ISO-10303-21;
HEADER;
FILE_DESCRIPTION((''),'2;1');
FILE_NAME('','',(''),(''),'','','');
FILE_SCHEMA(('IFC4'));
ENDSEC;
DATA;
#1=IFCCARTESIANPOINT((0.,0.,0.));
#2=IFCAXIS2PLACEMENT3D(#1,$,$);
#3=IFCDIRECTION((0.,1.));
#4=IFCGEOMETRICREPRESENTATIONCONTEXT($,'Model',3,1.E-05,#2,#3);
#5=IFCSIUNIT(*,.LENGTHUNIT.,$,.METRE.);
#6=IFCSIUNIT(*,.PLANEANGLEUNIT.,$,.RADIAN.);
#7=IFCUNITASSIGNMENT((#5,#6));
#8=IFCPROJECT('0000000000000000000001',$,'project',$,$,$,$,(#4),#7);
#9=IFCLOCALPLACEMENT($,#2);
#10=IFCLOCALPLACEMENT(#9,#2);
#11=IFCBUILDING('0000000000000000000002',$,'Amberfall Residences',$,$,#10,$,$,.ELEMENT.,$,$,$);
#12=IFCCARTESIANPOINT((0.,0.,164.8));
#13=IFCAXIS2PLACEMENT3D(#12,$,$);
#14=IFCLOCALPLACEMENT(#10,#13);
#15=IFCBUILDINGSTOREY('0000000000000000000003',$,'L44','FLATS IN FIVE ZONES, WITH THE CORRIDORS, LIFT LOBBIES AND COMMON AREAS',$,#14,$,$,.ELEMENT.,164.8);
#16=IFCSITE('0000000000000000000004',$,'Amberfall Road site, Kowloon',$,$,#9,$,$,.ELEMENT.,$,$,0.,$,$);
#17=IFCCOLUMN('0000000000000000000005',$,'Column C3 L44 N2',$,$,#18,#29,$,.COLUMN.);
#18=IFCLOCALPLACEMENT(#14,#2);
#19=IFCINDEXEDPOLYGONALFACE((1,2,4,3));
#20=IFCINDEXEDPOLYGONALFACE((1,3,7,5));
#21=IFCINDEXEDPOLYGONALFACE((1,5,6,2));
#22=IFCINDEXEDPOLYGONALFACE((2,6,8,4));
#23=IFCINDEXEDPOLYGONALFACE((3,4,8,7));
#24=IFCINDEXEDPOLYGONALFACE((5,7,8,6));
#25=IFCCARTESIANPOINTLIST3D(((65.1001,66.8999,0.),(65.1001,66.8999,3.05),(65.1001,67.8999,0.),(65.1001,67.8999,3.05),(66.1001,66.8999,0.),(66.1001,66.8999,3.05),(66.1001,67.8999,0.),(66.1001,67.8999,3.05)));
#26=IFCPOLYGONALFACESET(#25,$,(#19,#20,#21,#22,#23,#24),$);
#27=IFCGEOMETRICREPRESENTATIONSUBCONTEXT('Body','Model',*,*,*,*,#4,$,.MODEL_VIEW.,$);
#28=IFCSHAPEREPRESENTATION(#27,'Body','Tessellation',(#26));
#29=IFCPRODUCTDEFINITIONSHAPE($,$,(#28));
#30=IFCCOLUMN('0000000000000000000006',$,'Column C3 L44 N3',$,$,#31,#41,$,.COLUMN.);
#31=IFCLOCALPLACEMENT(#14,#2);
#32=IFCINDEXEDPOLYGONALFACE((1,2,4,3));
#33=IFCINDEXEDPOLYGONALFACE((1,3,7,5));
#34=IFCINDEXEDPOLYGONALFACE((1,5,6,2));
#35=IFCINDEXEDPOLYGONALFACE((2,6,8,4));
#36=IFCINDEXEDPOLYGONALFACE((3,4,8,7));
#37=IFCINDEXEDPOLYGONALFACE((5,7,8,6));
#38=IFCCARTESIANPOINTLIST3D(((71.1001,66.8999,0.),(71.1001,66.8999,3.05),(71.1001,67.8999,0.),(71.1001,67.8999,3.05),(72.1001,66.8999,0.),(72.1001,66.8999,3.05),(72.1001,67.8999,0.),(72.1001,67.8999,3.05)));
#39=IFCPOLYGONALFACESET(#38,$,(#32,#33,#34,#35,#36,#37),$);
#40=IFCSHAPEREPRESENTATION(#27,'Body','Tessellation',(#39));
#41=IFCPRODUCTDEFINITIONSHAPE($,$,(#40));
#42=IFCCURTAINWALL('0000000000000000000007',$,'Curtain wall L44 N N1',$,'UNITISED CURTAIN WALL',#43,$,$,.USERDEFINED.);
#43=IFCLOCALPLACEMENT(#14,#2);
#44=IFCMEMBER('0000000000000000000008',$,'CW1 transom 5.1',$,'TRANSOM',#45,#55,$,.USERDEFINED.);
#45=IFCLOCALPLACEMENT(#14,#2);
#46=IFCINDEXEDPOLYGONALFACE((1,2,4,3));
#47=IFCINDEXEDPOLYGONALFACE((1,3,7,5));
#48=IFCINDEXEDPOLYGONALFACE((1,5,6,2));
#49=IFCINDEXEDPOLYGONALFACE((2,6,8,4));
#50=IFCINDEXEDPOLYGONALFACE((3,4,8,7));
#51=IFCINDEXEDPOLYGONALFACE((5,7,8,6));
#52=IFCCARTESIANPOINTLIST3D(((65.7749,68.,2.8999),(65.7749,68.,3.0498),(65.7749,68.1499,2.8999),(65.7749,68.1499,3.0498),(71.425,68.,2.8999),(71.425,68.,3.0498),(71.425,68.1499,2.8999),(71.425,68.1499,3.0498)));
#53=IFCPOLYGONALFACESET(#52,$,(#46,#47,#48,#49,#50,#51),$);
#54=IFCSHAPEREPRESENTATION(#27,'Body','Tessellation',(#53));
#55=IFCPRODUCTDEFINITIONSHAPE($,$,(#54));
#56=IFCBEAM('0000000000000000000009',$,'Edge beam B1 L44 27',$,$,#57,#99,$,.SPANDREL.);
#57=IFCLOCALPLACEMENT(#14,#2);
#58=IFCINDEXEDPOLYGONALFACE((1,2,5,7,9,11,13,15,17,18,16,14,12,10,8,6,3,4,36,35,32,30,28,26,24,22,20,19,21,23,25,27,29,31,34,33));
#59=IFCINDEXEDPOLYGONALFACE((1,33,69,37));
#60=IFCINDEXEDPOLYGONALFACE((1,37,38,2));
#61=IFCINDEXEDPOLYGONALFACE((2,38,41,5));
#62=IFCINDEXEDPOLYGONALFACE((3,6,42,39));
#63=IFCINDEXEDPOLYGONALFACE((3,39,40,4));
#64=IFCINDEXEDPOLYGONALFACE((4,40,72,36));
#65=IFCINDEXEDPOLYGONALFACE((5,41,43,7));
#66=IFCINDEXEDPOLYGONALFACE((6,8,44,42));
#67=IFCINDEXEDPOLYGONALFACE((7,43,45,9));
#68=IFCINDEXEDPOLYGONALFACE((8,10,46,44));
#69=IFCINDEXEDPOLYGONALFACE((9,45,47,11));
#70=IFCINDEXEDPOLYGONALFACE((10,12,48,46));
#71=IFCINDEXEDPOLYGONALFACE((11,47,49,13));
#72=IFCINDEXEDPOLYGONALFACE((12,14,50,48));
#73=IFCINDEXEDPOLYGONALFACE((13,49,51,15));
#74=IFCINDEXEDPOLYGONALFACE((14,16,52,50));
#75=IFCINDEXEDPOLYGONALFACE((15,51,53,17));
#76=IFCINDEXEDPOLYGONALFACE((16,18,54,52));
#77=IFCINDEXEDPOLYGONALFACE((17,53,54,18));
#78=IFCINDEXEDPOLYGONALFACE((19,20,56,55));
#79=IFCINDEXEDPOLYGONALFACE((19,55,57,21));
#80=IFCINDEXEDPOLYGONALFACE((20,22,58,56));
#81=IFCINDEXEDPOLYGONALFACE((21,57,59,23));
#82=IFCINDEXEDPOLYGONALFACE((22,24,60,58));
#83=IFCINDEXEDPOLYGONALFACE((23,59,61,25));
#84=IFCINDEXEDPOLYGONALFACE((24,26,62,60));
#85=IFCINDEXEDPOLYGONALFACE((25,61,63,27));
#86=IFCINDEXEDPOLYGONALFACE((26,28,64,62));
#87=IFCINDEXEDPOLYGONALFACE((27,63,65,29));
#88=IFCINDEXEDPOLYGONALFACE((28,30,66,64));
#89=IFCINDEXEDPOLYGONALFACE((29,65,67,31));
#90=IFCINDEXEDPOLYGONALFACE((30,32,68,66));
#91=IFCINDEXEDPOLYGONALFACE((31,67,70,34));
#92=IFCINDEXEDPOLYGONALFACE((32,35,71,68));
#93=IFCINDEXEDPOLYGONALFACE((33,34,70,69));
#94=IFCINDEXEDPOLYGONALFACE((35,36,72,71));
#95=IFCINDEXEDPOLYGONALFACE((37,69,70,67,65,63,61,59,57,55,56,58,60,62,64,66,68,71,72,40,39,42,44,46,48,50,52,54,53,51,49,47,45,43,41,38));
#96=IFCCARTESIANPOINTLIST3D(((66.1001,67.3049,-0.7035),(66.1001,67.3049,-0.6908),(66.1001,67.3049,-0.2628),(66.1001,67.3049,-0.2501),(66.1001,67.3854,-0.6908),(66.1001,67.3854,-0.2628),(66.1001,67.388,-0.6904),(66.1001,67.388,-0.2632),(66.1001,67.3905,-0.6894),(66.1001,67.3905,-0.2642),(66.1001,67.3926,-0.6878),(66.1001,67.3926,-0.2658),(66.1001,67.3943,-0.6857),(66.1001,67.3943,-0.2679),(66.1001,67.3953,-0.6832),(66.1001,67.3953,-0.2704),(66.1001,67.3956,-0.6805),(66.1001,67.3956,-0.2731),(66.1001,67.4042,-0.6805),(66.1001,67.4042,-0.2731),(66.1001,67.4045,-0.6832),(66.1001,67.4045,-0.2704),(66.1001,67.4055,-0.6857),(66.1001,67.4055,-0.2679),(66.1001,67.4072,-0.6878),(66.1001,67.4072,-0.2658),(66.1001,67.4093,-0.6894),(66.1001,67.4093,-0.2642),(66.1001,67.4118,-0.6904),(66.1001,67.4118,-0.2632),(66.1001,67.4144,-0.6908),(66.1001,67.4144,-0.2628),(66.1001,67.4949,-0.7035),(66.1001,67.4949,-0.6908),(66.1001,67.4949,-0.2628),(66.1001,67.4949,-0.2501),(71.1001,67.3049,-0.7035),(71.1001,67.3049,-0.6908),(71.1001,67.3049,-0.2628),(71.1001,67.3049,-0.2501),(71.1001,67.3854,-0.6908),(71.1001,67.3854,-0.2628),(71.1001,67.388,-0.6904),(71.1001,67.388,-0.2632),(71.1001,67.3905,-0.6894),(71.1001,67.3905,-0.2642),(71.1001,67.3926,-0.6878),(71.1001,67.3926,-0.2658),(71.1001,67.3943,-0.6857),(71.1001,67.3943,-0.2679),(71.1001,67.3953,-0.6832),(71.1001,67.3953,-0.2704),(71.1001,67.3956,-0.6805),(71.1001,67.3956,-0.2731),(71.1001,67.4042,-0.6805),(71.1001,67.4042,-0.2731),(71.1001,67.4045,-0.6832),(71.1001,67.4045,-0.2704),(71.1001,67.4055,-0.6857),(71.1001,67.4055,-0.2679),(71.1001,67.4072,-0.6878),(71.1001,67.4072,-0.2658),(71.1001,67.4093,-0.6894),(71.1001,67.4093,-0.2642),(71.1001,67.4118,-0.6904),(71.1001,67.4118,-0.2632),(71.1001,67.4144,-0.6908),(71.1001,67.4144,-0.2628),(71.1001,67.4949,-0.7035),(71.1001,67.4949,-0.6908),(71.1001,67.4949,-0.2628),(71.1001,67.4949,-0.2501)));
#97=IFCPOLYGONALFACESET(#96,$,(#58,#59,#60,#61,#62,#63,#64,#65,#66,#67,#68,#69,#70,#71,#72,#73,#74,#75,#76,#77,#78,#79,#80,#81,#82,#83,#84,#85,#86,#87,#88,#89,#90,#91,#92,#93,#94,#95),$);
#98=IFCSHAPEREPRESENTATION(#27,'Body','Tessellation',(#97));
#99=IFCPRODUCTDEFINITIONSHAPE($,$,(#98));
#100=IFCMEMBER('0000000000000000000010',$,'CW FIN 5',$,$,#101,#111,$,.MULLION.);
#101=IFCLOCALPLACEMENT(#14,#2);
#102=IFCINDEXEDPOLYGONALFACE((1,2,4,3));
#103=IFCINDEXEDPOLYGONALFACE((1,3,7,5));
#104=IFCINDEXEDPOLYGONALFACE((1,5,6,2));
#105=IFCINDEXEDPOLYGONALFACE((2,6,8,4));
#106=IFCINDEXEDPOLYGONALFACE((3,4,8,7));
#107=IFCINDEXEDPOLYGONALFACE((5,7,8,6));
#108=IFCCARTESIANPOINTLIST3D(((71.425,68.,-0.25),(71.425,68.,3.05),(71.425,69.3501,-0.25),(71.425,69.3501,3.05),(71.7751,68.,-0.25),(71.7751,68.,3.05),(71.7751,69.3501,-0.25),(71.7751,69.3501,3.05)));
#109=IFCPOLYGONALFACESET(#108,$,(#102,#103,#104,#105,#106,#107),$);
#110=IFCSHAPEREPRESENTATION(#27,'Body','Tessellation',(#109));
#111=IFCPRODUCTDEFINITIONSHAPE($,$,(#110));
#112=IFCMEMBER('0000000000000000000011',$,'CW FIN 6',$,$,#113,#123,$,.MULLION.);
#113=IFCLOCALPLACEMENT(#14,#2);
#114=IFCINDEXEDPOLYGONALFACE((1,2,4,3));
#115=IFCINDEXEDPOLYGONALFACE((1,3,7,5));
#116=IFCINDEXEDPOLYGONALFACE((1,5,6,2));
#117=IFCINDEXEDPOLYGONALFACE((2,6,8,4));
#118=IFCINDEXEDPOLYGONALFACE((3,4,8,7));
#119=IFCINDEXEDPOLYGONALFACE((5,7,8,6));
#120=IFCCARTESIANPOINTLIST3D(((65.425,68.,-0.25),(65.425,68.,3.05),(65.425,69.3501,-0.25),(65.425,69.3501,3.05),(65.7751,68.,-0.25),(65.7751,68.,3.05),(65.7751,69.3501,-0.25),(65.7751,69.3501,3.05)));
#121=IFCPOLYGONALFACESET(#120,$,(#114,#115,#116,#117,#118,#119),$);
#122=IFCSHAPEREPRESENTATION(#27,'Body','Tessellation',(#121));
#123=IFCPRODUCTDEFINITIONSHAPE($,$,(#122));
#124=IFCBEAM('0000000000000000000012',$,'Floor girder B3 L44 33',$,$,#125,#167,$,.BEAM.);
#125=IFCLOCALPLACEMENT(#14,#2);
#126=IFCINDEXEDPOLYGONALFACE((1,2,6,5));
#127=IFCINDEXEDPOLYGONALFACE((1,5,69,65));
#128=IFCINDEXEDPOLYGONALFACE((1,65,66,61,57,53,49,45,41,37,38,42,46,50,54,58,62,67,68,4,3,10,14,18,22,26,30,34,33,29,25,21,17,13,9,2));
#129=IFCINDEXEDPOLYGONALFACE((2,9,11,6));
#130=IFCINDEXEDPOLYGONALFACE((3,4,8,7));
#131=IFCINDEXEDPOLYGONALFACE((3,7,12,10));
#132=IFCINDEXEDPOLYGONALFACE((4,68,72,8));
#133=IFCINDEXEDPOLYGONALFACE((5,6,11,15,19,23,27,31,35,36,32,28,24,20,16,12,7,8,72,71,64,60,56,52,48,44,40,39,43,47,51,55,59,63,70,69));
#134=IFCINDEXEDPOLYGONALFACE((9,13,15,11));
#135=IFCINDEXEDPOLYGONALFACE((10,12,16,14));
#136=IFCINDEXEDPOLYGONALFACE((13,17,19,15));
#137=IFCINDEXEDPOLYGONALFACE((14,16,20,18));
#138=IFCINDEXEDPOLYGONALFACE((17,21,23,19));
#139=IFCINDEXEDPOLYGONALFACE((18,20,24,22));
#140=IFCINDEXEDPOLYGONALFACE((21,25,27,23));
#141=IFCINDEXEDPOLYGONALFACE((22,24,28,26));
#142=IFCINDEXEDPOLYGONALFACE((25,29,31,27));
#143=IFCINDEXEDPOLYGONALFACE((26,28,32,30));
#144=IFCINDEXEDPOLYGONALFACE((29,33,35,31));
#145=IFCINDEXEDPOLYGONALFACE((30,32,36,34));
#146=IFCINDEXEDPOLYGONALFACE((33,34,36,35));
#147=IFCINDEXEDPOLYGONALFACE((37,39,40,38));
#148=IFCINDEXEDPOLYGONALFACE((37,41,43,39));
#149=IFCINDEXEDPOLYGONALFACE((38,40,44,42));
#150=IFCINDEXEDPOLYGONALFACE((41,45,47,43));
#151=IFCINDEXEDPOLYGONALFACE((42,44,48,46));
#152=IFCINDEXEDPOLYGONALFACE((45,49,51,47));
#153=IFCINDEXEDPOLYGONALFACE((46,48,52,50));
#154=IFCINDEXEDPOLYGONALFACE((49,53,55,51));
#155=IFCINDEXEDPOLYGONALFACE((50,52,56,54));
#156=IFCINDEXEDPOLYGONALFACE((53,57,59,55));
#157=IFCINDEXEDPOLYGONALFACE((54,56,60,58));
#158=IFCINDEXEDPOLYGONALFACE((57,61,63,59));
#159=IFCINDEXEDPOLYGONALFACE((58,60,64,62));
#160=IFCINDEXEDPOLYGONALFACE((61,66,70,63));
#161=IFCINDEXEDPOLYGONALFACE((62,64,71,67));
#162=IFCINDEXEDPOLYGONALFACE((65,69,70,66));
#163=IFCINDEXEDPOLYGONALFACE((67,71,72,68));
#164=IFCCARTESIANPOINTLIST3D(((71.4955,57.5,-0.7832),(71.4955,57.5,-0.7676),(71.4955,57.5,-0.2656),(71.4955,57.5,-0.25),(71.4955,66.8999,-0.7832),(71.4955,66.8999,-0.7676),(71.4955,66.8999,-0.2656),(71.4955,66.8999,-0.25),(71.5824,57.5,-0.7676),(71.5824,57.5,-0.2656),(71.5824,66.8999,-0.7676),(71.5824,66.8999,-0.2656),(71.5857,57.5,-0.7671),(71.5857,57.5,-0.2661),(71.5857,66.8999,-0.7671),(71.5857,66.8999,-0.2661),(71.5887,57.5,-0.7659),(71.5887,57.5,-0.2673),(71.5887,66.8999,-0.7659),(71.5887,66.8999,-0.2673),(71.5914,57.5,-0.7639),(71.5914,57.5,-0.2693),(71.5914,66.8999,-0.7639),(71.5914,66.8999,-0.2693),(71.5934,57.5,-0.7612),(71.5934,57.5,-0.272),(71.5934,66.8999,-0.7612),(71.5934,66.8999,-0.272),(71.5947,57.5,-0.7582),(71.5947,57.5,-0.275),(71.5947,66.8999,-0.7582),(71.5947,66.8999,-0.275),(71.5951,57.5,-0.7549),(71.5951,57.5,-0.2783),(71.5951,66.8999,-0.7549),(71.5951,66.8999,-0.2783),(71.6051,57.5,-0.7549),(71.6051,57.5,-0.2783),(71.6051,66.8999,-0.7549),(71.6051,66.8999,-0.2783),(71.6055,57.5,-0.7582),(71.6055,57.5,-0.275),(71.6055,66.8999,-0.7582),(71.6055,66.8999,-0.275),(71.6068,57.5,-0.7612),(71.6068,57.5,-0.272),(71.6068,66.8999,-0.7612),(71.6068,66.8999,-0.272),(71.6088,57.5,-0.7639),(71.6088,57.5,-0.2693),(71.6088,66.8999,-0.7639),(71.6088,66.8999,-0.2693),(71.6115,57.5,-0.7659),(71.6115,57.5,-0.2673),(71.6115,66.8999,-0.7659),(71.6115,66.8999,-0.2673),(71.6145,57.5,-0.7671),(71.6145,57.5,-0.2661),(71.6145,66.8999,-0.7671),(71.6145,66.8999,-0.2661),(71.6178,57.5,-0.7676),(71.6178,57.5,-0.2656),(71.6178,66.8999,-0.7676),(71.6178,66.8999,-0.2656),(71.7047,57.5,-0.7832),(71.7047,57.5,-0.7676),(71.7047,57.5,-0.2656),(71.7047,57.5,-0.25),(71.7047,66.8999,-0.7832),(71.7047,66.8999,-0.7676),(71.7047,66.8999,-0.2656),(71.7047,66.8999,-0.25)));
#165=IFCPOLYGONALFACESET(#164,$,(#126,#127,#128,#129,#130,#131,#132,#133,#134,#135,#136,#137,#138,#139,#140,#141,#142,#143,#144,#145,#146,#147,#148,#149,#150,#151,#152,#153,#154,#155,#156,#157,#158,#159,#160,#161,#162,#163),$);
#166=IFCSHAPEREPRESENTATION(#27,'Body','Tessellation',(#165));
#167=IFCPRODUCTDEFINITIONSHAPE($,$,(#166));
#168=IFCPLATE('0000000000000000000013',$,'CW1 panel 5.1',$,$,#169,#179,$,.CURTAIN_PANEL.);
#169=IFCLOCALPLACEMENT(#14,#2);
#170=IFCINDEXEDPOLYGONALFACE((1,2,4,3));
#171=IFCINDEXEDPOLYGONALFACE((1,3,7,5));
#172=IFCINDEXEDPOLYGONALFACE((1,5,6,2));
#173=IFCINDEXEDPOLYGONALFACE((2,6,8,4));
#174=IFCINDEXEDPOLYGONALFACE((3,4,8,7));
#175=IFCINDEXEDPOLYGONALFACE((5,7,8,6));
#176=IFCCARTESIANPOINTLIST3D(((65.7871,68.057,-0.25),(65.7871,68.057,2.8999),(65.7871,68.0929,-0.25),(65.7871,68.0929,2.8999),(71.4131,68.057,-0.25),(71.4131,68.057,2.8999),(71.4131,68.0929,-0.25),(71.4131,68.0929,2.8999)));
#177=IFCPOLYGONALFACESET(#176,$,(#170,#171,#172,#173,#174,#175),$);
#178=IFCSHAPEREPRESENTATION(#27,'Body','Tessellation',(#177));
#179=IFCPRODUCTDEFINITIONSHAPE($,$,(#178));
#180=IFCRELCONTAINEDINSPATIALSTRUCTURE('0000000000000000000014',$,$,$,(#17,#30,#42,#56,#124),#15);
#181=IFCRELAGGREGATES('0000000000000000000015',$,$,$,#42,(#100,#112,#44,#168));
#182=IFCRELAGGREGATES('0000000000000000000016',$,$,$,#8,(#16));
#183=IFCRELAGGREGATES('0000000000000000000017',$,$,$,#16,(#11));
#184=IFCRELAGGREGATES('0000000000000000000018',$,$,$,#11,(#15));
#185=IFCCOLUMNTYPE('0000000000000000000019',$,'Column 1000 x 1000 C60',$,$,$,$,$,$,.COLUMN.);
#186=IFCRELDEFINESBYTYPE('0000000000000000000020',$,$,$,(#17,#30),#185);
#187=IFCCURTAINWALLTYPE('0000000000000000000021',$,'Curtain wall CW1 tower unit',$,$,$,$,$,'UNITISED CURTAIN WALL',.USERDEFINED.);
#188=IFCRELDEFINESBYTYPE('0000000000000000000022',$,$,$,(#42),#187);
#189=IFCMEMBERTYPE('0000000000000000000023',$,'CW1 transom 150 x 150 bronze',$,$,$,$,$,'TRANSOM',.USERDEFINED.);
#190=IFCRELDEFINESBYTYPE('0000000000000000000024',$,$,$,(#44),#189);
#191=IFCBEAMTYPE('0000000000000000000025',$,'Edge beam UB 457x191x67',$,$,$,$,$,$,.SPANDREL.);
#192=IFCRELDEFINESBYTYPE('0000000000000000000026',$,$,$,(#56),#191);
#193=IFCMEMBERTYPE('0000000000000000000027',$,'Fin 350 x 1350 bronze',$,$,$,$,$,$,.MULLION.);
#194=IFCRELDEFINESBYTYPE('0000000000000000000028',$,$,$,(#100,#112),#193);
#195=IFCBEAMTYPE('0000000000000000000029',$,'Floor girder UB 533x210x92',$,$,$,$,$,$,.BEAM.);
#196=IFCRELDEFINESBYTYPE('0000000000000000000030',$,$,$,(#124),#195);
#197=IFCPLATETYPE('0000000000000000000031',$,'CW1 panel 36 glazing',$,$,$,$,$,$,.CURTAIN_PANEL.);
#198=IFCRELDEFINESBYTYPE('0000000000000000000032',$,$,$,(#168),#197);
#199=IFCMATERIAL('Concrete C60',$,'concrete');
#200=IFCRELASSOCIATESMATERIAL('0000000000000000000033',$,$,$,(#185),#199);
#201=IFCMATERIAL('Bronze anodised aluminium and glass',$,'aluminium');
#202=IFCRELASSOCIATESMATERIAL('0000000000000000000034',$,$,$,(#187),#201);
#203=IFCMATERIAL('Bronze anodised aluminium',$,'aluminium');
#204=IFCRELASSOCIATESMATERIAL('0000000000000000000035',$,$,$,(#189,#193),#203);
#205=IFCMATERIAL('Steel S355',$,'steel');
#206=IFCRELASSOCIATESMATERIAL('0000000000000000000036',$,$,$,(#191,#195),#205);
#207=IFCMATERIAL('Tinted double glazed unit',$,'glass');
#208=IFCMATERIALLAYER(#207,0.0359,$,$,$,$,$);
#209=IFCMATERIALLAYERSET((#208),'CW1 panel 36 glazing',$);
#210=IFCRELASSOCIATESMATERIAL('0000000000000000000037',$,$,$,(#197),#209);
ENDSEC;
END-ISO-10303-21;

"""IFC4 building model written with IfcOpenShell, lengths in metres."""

from ifc_helpers import new_model, si_unit, direction, frame, origin, origin_2d, place, context, subcontext, project, spatial, rectangle, i_section, extrude, material, layer, layer_set, material_profile, profile_set, type_object, element, aggregate, save


model = new_model("IFC4")

# Units and contexts
model_context = context("Model", 3, precision=1e-05, world=origin(), true_north=direction((0.0, 1.0)))
body_context = subcontext(model_context, "Body", "Model", "MODEL_VIEW")
ifc_project = project(units=[si_unit("LENGTHUNIT", "METRE"), si_unit("PLANEANGLEUNIT", "RADIAN")], contexts=[model_context])

# Site, building, storey
site_placement = place(None, origin())
site = spatial("IfcSite", under=ifc_project, at=site_placement, Name="Amberfall Road site, Kowloon", CompositionType="ELEMENT", RefElevation=0.0)
building_placement = place(site_placement, origin())
building = spatial("IfcBuilding", under=site, at=building_placement, Name="Amberfall Residences", CompositionType="ELEMENT")
storey_placement = place(building_placement, frame((0.0, 0.0, 164.8)))
storey = spatial("IfcBuildingStorey", under=building, at=storey_placement, Name="L44", Description="FLATS IN FIVE ZONES, WITH THE CORRIDORS, LIFT LOBBIES AND COMMON AREAS", CompositionType="ELEMENT", Elevation=164.8)

# Columns
ifc_material_1 = material(Name="Concrete C60", Category="concrete")
ifc_material_profile_1 = material_profile(ifc_material_1, rectangle(XDim=1.0, YDim=1.0, at=origin_2d()), Name="Column 1000 x 1000 C60")
ifc_profile_set_1 = profile_set([ifc_material_profile_1], Name="Concrete C60")
column_type = type_object("IfcColumnType", Name="Column 1000 x 1000 C60", PredefinedType="COLUMN", material=ifc_profile_set_1)
for number, where, z_axis, x_axis, name in (
    (1, (65.6001, 67.3999, 0.0), (0.0, 0.0, 1.0), (1.0, 0.0, 0.0), "Column C3 L44 N2"),
    (2, (71.6001, 67.3999, 0.0), (0.0, 0.0, 1.0), (1.0, 0.0, 0.0), "Column C3 L44 N3"),
):
    element("IfcColumn", number, at=place(storey_placement, frame(where, z_axis=z_axis, x_axis=x_axis)), inside=storey, type_object=column_type, Name=name, PredefinedType="COLUMN", context=body_context, shape_type="SweptSolid", body=[
        extrude(rectangle(XDim=1.0, YDim=1.0, at=origin_2d()), origin(), (0.0, 0.0, 1.0), 3.05),
    ])

# Curtain wall, member
ifc_material_2 = material(Name="Bronze anodised aluminium and glass", Category="aluminium")
curtain_wall_type = type_object("IfcCurtainWallType", Name="Curtain wall CW1 tower unit", ElementType="UNITISED CURTAIN WALL", PredefinedType="USERDEFINED", material=ifc_material_2)
curtain_wall_placement = place(storey_placement, origin())
curtain_wall = element("IfcCurtainWall", 3, at=curtain_wall_placement, inside=storey, type_object=curtain_wall_type, Name="Curtain wall L44 N N1", ObjectType="UNITISED CURTAIN WALL", PredefinedType="USERDEFINED")
ifc_material_3 = material(Name="Bronze anodised aluminium", Category="aluminium")
ifc_material_profile_2 = material_profile(ifc_material_3, rectangle(XDim=0.1499, YDim=0.1499, at=origin_2d()), Name="CW1 transom 150 x 150 bronze")
ifc_profile_set_2 = profile_set([ifc_material_profile_2], Name="Bronze anodised aluminium")
member_type_1 = type_object("IfcMemberType", Name="CW1 transom 150 x 150 bronze", ElementType="TRANSOM", PredefinedType="USERDEFINED", material=ifc_profile_set_2)
member_1_placement = place(storey_placement, frame((71.425, 68.075, 2.9749), z_axis=(-1.0, 0.0, 0.0), x_axis=(0.0, -1.0, 0.0)))
member_1 = element("IfcMember", 4, at=member_1_placement, type_object=member_type_1, Name="CW1 transom 5.1", ObjectType="TRANSOM", PredefinedType="USERDEFINED", context=body_context, shape_type="SweptSolid", body=[
    extrude(rectangle(XDim=0.1499, YDim=0.1499, at=origin_2d()), origin(), (0.0, 0.0, 1.0), 5.6501),
])

# Beam
ifc_material_4 = material(Name="Steel S355", Category="steel")
ifc_material_profile_3 = material_profile(ifc_material_4, i_section(OverallWidth=0.1899, OverallDepth=0.4534, WebThickness=0.0085, FlangeThickness=0.0127, FilletRadius=0.0103, at=origin_2d()), Name="UB 457x191x67")
ifc_profile_set_3 = profile_set([ifc_material_profile_3], Name="Steel S355")
beam_type_1 = type_object("IfcBeamType", Name="Edge beam UB 457x191x67", PredefinedType="SPANDREL", material=ifc_profile_set_3)
beam_1_placement = place(storey_placement, frame((66.1001, 67.3999, -0.4768), z_axis=(1.0, 0.0, 0.0), x_axis=(0.0, 1.0, 0.0)))
element("IfcBeam", 5, at=beam_1_placement, inside=storey, type_object=beam_type_1, Name="Edge beam B1 L44 27", PredefinedType="SPANDREL", context=body_context, shape_type="SweptSolid", body=[
    extrude(i_section(OverallWidth=0.1899, OverallDepth=0.4534, WebThickness=0.0085, FlangeThickness=0.0127, FilletRadius=0.0103, at=origin_2d()), origin(), (0.0, 0.0, 1.0), 5.0),
])

# Members
ifc_material_profile_4 = material_profile(ifc_material_3, rectangle(XDim=1.3501, YDim=0.3501, at=origin_2d()), Name="Fin 350 x 1350 bronze")
ifc_profile_set_4 = profile_set([ifc_material_profile_4], Name="Bronze anodised aluminium")
member_type_2 = type_object("IfcMemberType", Name="Fin 350 x 1350 bronze", PredefinedType="MULLION", material=ifc_profile_set_4)
member_2_placement = place(storey_placement, frame((71.6001, 68.675, -0.25), z_axis=(0.0, 0.0, 1.0), x_axis=(0.0, -1.0, 0.0)))
member_2 = element("IfcMember", 6, at=member_2_placement, type_object=member_type_2, Name="CW FIN 5", PredefinedType="MULLION", context=body_context, shape_type="SweptSolid", body=[
    extrude(rectangle(XDim=1.3501, YDim=0.3501, at=origin_2d()), origin(), (0.0, 0.0, 1.0), 3.3),
])
member_3_placement = place(storey_placement, frame((65.6001, 68.675, -0.25), z_axis=(0.0, 0.0, 1.0), x_axis=(0.0, -1.0, 0.0)))
member_3 = element("IfcMember", 7, at=member_3_placement, type_object=member_type_2, Name="CW FIN 6", PredefinedType="MULLION", context=body_context, shape_type="SweptSolid", body=[
    extrude(rectangle(XDim=1.3501, YDim=0.3501, at=origin_2d()), origin(), (0.0, 0.0, 1.0), 3.3),
])

# Beam
ifc_material_profile_5 = material_profile(ifc_material_4, i_section(OverallWidth=0.2092, OverallDepth=0.5332, WebThickness=0.01, FlangeThickness=0.0156, FilletRadius=0.0127, at=origin_2d()), Name="UB 533x210x92")
ifc_profile_set_5 = profile_set([ifc_material_profile_5], Name="Steel S355")
beam_type_2 = type_object("IfcBeamType", Name="Floor girder UB 533x210x92", PredefinedType="BEAM", material=ifc_profile_set_5)
beam_2_placement = place(storey_placement, frame((71.6001, 66.8999, -0.5166), z_axis=(0.0, -1.0, 0.0), x_axis=(1.0, 0.0, 0.0)))
element("IfcBeam", 8, at=beam_2_placement, inside=storey, type_object=beam_type_2, Name="Floor girder B3 L44 33", PredefinedType="BEAM", context=body_context, shape_type="SweptSolid", body=[
    extrude(i_section(OverallWidth=0.2092, OverallDepth=0.5332, WebThickness=0.01, FlangeThickness=0.0156, FilletRadius=0.0127, at=origin_2d()), origin(), (0.0, 0.0, 1.0), 9.3999),
])

# Plate
ifc_material_5 = material(Name="Tinted double glazed unit", Category="glass")
ifc_layer_1 = layer(ifc_material_5, 0.0359)
ifc_layer_set_1 = layer_set([ifc_layer_1], Name="CW1 panel 36 glazing")
plate_type = type_object("IfcPlateType", Name="CW1 panel 36 glazing", PredefinedType="CURTAIN_PANEL", material=ifc_layer_set_1)
plate_placement = place(storey_placement, frame((68.6001, 68.075, -0.25), z_axis=(0.0, 0.0, 1.0), x_axis=(-1.0, 0.0, 0.0)))
plate = element("IfcPlate", 9, at=plate_placement, type_object=plate_type, Name="CW1 panel 5.1", PredefinedType="CURTAIN_PANEL", context=body_context, shape_type="SweptSolid", body=[
    extrude(rectangle(XDim=5.626, YDim=0.0359, at=origin_2d()), origin(), (0.0, 0.0, 1.0), 3.1499),
])
aggregate(curtain_wall, [member_2, member_3, member_1, plate])

save(model, "model.ifc")
